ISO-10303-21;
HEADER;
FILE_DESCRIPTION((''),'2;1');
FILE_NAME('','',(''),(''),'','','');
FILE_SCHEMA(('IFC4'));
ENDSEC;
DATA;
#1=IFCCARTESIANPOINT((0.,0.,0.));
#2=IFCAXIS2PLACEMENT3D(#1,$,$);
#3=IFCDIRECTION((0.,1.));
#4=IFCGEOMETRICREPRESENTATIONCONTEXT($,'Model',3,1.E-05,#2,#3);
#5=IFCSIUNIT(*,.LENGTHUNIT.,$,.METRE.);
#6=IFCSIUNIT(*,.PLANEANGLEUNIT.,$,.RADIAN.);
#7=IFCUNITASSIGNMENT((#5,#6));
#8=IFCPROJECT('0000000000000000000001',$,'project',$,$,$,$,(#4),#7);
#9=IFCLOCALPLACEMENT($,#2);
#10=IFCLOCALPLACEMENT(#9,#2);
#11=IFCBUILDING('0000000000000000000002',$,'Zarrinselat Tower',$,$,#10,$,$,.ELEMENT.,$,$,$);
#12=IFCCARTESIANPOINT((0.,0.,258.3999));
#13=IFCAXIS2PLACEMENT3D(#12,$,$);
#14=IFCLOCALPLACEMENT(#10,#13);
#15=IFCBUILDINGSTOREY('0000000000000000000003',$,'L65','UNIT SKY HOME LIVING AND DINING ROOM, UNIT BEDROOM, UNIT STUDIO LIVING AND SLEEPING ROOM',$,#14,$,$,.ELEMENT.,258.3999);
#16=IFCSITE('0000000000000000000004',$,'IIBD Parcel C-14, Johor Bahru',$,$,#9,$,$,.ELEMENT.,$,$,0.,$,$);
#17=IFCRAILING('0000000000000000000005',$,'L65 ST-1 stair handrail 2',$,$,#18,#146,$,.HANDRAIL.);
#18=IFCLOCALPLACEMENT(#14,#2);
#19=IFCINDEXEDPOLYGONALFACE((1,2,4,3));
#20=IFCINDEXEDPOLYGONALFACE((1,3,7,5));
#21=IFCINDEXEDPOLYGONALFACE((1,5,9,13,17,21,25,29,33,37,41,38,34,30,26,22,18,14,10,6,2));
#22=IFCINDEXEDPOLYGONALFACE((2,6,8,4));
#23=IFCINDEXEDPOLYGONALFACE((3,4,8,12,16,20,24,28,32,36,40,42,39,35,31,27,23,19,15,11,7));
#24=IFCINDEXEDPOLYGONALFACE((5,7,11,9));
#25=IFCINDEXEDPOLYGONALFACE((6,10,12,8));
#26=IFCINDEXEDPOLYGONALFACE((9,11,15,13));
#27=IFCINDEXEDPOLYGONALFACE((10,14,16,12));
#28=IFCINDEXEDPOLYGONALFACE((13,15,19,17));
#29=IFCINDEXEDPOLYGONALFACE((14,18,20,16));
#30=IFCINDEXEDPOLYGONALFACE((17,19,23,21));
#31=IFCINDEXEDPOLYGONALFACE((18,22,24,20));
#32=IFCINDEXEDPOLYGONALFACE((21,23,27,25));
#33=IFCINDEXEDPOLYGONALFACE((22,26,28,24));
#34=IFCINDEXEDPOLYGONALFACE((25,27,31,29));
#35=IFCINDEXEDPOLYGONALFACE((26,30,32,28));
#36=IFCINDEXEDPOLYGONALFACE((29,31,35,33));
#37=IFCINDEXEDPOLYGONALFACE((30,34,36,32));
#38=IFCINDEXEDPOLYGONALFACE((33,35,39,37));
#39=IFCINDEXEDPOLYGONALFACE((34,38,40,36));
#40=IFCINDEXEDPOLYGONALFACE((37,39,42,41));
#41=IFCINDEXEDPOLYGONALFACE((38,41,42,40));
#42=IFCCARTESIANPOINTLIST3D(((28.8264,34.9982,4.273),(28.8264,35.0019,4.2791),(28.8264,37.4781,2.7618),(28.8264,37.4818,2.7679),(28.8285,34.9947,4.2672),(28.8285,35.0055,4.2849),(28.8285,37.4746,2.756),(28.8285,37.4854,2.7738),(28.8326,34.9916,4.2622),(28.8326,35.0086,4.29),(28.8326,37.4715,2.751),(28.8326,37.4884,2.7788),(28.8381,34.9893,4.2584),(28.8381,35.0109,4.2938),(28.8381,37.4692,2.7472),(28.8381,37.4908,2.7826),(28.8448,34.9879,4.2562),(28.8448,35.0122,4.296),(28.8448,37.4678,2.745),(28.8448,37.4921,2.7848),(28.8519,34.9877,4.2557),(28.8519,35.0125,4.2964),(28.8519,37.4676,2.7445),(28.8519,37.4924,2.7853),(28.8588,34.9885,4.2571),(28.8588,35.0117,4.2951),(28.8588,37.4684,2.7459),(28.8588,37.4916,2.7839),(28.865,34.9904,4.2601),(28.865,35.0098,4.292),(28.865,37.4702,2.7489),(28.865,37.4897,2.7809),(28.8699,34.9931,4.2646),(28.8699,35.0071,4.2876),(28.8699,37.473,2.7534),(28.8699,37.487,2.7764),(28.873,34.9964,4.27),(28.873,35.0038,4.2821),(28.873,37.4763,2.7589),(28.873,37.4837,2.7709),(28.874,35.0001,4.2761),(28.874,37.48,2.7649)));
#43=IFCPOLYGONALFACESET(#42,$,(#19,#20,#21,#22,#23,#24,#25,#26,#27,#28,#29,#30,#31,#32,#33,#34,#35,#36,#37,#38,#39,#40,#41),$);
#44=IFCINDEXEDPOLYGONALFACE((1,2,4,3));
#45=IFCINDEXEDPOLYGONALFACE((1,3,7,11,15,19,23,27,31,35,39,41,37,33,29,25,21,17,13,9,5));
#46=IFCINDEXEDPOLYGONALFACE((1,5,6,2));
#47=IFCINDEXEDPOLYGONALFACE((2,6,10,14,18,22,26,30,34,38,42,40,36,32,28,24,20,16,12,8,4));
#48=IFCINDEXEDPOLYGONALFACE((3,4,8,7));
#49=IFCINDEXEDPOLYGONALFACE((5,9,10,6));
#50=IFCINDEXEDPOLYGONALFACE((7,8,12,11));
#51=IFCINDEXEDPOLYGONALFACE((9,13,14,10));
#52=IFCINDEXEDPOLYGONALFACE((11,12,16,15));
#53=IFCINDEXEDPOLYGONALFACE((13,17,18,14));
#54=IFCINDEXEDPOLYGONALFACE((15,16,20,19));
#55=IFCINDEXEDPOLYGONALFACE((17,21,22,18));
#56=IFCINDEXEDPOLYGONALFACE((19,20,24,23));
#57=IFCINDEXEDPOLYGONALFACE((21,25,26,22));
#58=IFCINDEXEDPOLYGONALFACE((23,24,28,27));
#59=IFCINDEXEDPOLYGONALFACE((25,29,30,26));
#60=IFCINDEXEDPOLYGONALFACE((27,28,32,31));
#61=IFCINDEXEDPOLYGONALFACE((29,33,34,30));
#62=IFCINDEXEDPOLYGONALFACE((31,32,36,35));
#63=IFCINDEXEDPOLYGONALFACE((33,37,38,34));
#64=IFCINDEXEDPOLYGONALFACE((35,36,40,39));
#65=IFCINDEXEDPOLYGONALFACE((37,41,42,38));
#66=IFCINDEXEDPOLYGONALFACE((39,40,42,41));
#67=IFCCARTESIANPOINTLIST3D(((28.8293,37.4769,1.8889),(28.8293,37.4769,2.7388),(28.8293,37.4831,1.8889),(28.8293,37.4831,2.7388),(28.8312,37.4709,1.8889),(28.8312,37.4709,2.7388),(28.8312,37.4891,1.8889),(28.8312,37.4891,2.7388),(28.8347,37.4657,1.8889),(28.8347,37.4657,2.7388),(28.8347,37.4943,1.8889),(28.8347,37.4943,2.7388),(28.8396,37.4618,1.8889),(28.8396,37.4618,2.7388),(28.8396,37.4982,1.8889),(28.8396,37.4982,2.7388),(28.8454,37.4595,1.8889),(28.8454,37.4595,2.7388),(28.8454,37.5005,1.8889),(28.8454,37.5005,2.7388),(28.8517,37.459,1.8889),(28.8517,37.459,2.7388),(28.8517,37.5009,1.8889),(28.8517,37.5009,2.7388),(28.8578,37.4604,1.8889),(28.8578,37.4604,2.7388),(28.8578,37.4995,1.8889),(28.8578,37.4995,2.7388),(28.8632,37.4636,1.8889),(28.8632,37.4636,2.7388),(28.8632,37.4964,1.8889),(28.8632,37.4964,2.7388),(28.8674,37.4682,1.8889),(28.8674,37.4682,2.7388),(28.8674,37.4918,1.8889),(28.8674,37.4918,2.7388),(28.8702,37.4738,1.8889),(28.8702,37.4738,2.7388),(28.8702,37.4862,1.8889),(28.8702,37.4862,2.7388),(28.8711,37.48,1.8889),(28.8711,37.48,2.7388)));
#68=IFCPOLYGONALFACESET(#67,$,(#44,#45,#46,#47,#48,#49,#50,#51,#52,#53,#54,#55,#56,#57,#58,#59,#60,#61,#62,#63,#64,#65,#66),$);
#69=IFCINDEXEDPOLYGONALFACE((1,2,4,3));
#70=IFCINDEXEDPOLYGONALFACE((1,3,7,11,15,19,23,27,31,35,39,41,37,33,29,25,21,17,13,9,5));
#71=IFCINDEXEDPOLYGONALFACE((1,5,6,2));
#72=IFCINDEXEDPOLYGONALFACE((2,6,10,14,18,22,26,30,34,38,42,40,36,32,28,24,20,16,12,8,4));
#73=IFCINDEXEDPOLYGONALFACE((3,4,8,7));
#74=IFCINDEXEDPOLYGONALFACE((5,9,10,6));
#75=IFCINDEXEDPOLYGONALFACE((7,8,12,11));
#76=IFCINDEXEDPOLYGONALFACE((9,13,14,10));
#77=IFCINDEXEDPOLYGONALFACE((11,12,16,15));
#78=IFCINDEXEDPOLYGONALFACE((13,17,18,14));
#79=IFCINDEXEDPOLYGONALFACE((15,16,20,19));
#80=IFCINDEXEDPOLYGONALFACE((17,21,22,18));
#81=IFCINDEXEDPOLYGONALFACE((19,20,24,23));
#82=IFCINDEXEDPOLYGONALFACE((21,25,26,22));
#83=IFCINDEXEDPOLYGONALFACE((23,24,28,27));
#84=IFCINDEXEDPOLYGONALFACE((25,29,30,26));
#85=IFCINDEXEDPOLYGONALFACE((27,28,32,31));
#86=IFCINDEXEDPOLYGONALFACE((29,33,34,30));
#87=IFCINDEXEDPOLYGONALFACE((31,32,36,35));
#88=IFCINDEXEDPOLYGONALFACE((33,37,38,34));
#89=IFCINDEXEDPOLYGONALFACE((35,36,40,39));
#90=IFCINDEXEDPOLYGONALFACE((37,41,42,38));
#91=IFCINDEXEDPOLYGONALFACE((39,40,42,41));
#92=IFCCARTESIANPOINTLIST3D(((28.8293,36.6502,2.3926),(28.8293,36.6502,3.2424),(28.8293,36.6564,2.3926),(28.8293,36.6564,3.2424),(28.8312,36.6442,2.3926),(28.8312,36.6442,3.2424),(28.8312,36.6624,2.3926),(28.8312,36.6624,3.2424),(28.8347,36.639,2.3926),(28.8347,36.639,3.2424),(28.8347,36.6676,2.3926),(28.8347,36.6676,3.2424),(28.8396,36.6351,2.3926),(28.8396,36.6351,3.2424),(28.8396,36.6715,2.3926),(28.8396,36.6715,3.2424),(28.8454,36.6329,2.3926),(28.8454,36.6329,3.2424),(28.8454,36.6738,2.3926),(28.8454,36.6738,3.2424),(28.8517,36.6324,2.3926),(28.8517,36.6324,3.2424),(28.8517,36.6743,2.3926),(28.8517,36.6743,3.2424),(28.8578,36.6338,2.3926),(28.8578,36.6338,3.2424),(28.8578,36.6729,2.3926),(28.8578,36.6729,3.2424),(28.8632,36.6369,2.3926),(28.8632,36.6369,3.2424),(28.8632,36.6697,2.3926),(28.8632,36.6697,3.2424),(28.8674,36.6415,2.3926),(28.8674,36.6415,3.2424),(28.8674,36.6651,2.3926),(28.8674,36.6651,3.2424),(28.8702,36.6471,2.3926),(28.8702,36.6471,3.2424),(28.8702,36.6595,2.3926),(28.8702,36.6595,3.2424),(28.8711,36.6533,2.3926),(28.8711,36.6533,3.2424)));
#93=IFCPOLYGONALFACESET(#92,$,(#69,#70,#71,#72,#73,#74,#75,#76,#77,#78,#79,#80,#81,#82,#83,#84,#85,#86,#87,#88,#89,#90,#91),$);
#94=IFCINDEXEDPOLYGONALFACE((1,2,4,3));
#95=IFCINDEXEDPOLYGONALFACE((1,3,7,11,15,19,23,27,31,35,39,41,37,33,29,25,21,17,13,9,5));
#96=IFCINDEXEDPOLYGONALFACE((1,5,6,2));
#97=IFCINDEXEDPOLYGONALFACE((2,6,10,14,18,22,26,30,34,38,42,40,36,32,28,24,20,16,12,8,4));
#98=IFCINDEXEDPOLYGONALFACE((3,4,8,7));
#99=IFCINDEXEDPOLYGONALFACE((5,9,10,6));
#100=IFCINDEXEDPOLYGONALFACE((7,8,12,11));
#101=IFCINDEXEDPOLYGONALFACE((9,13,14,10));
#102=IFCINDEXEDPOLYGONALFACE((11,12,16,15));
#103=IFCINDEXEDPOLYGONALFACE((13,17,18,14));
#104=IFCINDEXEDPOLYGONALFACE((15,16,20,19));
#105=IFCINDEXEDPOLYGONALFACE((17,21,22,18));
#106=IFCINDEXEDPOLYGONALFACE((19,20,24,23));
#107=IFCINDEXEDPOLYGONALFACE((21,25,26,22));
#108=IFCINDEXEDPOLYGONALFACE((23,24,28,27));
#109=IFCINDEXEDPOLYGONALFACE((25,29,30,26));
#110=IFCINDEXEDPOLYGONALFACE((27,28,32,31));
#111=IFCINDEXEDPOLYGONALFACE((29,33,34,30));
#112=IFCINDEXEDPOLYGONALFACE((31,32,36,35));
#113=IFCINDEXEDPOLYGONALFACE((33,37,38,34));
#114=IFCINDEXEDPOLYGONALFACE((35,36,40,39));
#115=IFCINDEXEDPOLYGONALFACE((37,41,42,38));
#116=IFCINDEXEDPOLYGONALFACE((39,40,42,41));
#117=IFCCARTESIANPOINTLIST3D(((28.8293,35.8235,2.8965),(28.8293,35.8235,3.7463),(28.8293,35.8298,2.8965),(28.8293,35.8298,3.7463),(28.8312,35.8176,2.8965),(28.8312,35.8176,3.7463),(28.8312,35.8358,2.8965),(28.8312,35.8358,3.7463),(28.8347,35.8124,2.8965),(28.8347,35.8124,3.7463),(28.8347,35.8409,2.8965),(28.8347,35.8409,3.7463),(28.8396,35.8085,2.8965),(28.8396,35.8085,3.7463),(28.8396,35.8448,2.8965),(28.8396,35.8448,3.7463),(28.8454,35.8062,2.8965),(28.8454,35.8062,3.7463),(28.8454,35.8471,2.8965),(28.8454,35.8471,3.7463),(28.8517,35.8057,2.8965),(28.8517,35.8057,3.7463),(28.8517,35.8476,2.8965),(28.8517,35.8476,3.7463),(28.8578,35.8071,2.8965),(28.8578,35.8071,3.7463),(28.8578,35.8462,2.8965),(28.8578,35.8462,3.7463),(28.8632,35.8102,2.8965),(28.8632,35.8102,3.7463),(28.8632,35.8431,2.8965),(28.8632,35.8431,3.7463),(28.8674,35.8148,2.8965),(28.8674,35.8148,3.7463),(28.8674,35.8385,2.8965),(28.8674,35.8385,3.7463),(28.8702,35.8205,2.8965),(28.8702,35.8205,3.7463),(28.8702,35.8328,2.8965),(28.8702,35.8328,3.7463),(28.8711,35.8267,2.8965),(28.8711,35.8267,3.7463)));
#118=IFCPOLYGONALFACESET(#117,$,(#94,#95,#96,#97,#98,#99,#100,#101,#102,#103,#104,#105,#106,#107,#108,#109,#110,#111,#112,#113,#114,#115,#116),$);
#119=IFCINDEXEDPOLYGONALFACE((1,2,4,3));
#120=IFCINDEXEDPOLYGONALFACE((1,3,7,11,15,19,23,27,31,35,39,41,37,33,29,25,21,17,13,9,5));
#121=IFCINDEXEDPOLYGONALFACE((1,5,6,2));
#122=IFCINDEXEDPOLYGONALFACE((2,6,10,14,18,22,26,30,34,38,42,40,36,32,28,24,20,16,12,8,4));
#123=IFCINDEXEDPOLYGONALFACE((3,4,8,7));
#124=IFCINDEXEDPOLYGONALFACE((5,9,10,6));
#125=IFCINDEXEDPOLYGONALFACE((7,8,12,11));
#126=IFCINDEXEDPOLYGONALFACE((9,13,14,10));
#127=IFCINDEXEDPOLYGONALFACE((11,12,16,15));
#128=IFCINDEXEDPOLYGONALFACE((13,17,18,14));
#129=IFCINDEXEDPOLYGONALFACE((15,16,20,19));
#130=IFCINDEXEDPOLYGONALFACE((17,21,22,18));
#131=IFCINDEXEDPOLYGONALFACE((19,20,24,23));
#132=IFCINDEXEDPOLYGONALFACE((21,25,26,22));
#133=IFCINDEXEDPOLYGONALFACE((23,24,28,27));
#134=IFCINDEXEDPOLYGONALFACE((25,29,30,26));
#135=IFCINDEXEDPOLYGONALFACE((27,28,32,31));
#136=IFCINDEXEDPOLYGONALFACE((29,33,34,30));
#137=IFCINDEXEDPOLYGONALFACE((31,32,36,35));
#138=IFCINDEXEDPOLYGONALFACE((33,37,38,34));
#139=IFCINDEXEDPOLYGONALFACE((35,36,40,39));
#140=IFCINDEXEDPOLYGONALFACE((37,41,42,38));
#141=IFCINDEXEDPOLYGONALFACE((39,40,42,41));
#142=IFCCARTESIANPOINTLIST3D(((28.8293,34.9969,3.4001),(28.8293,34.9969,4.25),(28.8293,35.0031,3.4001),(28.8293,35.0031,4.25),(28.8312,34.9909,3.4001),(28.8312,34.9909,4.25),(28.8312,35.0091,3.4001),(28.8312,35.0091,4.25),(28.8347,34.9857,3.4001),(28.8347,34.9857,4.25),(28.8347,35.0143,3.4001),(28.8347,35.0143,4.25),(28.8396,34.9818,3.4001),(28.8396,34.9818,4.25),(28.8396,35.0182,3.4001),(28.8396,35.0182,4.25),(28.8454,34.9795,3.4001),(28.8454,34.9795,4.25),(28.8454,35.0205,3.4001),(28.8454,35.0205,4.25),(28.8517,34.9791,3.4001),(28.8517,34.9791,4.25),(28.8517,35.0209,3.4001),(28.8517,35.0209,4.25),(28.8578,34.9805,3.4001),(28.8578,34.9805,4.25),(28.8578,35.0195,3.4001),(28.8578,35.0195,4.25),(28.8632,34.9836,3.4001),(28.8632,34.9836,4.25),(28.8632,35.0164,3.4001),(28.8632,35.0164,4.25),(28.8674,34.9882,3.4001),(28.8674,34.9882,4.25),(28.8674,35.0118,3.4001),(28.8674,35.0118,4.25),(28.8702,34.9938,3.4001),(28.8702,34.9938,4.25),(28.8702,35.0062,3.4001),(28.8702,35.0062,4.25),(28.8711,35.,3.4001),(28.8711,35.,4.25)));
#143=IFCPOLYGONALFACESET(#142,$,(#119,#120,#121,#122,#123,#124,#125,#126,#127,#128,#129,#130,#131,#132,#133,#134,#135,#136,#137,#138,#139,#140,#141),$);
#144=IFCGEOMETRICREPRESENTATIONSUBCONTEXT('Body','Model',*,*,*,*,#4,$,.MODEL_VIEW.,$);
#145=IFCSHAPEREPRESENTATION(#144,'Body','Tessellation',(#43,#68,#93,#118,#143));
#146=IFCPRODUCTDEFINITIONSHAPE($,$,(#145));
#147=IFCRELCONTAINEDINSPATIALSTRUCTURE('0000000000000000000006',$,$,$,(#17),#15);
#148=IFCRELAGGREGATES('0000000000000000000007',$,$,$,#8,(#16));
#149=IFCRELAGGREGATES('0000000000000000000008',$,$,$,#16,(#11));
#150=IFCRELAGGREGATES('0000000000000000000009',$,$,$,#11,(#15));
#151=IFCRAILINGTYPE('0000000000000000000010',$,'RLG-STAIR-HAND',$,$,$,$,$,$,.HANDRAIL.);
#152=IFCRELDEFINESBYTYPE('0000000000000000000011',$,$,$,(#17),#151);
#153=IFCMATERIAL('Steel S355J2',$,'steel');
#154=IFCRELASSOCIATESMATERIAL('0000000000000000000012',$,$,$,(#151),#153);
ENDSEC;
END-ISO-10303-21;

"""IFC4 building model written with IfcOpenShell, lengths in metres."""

from ifc_helpers import new_model, si_unit, direction, frame, origin, origin_2d, place, context, subcontext, project, spatial, circle, extrude, material, type_object, element, save


model = new_model("IFC4")

# Units and contexts
model_context = context("Model", 3, precision=1e-05, world=origin(), true_north=direction((0.0, 1.0)))
body_context = subcontext(model_context, "Body", "Model", "MODEL_VIEW")
ifc_project = project(units=[si_unit("LENGTHUNIT", "METRE"), si_unit("PLANEANGLEUNIT", "RADIAN")], contexts=[model_context])

# Site, building, storey
site_placement = place(None, origin())
site = spatial("IfcSite", under=ifc_project, at=site_placement, Name="IIBD Parcel C-14, Johor Bahru", CompositionType="ELEMENT", RefElevation=0.0)
building_placement = place(site_placement, origin())
building = spatial("IfcBuilding", under=site, at=building_placement, Name="Zarrinselat Tower", CompositionType="ELEMENT")
storey_placement = place(building_placement, frame((0.0, 0.0, 258.3999)))
storey = spatial("IfcBuildingStorey", under=building, at=storey_placement, Name="L65", Description="UNIT SKY HOME LIVING AND DINING ROOM, UNIT BEDROOM, UNIT STUDIO LIVING AND SLEEPING ROOM", CompositionType="ELEMENT", Elevation=258.3999)

# Railing
ifc_material_1 = material(Name="Steel S355J2", Category="steel")
railing_type_1 = type_object("IfcRailingType", Name="RLG-STAIR-HAND", PredefinedType="HANDRAIL", material=ifc_material_1)
railing_1_placement = place(storey_placement, frame((28.8501, 37.48, 1.8889)))
element("IfcRailing", 1, at=railing_1_placement, inside=storey, type_object=railing_type_1, Name="L65 ST-1 stair handrail 2", PredefinedType="HANDRAIL", context=body_context, shape_type="SweptSolid", body=[
    extrude(circle(Radius=0.0239, at=origin_2d()), frame((0.0, 0.0, 0.876), z_axis=(0.0, -0.853942, 0.520368), x_axis=(1.0, 0.0, 0.0)), (0.0, 0.0, 1.0), 2.9041),
    extrude(circle(Radius=0.021, at=origin_2d()), origin(), (0.0, 0.0, 1.0), 0.8499),
    extrude(circle(Radius=0.021, at=origin_2d()), frame((0.0, -0.8267, 0.5037)), (0.0, 0.0, 1.0), 0.8499),
    extrude(circle(Radius=0.021, at=origin_2d()), frame((0.0, -1.6533, 1.0076)), (0.0, 0.0, 1.0), 0.8499),
    extrude(circle(Radius=0.021, at=origin_2d()), frame((0.0, -2.48, 1.5112)), (0.0, 0.0, 1.0), 0.8499),
])

save(model, "model.ifc")
